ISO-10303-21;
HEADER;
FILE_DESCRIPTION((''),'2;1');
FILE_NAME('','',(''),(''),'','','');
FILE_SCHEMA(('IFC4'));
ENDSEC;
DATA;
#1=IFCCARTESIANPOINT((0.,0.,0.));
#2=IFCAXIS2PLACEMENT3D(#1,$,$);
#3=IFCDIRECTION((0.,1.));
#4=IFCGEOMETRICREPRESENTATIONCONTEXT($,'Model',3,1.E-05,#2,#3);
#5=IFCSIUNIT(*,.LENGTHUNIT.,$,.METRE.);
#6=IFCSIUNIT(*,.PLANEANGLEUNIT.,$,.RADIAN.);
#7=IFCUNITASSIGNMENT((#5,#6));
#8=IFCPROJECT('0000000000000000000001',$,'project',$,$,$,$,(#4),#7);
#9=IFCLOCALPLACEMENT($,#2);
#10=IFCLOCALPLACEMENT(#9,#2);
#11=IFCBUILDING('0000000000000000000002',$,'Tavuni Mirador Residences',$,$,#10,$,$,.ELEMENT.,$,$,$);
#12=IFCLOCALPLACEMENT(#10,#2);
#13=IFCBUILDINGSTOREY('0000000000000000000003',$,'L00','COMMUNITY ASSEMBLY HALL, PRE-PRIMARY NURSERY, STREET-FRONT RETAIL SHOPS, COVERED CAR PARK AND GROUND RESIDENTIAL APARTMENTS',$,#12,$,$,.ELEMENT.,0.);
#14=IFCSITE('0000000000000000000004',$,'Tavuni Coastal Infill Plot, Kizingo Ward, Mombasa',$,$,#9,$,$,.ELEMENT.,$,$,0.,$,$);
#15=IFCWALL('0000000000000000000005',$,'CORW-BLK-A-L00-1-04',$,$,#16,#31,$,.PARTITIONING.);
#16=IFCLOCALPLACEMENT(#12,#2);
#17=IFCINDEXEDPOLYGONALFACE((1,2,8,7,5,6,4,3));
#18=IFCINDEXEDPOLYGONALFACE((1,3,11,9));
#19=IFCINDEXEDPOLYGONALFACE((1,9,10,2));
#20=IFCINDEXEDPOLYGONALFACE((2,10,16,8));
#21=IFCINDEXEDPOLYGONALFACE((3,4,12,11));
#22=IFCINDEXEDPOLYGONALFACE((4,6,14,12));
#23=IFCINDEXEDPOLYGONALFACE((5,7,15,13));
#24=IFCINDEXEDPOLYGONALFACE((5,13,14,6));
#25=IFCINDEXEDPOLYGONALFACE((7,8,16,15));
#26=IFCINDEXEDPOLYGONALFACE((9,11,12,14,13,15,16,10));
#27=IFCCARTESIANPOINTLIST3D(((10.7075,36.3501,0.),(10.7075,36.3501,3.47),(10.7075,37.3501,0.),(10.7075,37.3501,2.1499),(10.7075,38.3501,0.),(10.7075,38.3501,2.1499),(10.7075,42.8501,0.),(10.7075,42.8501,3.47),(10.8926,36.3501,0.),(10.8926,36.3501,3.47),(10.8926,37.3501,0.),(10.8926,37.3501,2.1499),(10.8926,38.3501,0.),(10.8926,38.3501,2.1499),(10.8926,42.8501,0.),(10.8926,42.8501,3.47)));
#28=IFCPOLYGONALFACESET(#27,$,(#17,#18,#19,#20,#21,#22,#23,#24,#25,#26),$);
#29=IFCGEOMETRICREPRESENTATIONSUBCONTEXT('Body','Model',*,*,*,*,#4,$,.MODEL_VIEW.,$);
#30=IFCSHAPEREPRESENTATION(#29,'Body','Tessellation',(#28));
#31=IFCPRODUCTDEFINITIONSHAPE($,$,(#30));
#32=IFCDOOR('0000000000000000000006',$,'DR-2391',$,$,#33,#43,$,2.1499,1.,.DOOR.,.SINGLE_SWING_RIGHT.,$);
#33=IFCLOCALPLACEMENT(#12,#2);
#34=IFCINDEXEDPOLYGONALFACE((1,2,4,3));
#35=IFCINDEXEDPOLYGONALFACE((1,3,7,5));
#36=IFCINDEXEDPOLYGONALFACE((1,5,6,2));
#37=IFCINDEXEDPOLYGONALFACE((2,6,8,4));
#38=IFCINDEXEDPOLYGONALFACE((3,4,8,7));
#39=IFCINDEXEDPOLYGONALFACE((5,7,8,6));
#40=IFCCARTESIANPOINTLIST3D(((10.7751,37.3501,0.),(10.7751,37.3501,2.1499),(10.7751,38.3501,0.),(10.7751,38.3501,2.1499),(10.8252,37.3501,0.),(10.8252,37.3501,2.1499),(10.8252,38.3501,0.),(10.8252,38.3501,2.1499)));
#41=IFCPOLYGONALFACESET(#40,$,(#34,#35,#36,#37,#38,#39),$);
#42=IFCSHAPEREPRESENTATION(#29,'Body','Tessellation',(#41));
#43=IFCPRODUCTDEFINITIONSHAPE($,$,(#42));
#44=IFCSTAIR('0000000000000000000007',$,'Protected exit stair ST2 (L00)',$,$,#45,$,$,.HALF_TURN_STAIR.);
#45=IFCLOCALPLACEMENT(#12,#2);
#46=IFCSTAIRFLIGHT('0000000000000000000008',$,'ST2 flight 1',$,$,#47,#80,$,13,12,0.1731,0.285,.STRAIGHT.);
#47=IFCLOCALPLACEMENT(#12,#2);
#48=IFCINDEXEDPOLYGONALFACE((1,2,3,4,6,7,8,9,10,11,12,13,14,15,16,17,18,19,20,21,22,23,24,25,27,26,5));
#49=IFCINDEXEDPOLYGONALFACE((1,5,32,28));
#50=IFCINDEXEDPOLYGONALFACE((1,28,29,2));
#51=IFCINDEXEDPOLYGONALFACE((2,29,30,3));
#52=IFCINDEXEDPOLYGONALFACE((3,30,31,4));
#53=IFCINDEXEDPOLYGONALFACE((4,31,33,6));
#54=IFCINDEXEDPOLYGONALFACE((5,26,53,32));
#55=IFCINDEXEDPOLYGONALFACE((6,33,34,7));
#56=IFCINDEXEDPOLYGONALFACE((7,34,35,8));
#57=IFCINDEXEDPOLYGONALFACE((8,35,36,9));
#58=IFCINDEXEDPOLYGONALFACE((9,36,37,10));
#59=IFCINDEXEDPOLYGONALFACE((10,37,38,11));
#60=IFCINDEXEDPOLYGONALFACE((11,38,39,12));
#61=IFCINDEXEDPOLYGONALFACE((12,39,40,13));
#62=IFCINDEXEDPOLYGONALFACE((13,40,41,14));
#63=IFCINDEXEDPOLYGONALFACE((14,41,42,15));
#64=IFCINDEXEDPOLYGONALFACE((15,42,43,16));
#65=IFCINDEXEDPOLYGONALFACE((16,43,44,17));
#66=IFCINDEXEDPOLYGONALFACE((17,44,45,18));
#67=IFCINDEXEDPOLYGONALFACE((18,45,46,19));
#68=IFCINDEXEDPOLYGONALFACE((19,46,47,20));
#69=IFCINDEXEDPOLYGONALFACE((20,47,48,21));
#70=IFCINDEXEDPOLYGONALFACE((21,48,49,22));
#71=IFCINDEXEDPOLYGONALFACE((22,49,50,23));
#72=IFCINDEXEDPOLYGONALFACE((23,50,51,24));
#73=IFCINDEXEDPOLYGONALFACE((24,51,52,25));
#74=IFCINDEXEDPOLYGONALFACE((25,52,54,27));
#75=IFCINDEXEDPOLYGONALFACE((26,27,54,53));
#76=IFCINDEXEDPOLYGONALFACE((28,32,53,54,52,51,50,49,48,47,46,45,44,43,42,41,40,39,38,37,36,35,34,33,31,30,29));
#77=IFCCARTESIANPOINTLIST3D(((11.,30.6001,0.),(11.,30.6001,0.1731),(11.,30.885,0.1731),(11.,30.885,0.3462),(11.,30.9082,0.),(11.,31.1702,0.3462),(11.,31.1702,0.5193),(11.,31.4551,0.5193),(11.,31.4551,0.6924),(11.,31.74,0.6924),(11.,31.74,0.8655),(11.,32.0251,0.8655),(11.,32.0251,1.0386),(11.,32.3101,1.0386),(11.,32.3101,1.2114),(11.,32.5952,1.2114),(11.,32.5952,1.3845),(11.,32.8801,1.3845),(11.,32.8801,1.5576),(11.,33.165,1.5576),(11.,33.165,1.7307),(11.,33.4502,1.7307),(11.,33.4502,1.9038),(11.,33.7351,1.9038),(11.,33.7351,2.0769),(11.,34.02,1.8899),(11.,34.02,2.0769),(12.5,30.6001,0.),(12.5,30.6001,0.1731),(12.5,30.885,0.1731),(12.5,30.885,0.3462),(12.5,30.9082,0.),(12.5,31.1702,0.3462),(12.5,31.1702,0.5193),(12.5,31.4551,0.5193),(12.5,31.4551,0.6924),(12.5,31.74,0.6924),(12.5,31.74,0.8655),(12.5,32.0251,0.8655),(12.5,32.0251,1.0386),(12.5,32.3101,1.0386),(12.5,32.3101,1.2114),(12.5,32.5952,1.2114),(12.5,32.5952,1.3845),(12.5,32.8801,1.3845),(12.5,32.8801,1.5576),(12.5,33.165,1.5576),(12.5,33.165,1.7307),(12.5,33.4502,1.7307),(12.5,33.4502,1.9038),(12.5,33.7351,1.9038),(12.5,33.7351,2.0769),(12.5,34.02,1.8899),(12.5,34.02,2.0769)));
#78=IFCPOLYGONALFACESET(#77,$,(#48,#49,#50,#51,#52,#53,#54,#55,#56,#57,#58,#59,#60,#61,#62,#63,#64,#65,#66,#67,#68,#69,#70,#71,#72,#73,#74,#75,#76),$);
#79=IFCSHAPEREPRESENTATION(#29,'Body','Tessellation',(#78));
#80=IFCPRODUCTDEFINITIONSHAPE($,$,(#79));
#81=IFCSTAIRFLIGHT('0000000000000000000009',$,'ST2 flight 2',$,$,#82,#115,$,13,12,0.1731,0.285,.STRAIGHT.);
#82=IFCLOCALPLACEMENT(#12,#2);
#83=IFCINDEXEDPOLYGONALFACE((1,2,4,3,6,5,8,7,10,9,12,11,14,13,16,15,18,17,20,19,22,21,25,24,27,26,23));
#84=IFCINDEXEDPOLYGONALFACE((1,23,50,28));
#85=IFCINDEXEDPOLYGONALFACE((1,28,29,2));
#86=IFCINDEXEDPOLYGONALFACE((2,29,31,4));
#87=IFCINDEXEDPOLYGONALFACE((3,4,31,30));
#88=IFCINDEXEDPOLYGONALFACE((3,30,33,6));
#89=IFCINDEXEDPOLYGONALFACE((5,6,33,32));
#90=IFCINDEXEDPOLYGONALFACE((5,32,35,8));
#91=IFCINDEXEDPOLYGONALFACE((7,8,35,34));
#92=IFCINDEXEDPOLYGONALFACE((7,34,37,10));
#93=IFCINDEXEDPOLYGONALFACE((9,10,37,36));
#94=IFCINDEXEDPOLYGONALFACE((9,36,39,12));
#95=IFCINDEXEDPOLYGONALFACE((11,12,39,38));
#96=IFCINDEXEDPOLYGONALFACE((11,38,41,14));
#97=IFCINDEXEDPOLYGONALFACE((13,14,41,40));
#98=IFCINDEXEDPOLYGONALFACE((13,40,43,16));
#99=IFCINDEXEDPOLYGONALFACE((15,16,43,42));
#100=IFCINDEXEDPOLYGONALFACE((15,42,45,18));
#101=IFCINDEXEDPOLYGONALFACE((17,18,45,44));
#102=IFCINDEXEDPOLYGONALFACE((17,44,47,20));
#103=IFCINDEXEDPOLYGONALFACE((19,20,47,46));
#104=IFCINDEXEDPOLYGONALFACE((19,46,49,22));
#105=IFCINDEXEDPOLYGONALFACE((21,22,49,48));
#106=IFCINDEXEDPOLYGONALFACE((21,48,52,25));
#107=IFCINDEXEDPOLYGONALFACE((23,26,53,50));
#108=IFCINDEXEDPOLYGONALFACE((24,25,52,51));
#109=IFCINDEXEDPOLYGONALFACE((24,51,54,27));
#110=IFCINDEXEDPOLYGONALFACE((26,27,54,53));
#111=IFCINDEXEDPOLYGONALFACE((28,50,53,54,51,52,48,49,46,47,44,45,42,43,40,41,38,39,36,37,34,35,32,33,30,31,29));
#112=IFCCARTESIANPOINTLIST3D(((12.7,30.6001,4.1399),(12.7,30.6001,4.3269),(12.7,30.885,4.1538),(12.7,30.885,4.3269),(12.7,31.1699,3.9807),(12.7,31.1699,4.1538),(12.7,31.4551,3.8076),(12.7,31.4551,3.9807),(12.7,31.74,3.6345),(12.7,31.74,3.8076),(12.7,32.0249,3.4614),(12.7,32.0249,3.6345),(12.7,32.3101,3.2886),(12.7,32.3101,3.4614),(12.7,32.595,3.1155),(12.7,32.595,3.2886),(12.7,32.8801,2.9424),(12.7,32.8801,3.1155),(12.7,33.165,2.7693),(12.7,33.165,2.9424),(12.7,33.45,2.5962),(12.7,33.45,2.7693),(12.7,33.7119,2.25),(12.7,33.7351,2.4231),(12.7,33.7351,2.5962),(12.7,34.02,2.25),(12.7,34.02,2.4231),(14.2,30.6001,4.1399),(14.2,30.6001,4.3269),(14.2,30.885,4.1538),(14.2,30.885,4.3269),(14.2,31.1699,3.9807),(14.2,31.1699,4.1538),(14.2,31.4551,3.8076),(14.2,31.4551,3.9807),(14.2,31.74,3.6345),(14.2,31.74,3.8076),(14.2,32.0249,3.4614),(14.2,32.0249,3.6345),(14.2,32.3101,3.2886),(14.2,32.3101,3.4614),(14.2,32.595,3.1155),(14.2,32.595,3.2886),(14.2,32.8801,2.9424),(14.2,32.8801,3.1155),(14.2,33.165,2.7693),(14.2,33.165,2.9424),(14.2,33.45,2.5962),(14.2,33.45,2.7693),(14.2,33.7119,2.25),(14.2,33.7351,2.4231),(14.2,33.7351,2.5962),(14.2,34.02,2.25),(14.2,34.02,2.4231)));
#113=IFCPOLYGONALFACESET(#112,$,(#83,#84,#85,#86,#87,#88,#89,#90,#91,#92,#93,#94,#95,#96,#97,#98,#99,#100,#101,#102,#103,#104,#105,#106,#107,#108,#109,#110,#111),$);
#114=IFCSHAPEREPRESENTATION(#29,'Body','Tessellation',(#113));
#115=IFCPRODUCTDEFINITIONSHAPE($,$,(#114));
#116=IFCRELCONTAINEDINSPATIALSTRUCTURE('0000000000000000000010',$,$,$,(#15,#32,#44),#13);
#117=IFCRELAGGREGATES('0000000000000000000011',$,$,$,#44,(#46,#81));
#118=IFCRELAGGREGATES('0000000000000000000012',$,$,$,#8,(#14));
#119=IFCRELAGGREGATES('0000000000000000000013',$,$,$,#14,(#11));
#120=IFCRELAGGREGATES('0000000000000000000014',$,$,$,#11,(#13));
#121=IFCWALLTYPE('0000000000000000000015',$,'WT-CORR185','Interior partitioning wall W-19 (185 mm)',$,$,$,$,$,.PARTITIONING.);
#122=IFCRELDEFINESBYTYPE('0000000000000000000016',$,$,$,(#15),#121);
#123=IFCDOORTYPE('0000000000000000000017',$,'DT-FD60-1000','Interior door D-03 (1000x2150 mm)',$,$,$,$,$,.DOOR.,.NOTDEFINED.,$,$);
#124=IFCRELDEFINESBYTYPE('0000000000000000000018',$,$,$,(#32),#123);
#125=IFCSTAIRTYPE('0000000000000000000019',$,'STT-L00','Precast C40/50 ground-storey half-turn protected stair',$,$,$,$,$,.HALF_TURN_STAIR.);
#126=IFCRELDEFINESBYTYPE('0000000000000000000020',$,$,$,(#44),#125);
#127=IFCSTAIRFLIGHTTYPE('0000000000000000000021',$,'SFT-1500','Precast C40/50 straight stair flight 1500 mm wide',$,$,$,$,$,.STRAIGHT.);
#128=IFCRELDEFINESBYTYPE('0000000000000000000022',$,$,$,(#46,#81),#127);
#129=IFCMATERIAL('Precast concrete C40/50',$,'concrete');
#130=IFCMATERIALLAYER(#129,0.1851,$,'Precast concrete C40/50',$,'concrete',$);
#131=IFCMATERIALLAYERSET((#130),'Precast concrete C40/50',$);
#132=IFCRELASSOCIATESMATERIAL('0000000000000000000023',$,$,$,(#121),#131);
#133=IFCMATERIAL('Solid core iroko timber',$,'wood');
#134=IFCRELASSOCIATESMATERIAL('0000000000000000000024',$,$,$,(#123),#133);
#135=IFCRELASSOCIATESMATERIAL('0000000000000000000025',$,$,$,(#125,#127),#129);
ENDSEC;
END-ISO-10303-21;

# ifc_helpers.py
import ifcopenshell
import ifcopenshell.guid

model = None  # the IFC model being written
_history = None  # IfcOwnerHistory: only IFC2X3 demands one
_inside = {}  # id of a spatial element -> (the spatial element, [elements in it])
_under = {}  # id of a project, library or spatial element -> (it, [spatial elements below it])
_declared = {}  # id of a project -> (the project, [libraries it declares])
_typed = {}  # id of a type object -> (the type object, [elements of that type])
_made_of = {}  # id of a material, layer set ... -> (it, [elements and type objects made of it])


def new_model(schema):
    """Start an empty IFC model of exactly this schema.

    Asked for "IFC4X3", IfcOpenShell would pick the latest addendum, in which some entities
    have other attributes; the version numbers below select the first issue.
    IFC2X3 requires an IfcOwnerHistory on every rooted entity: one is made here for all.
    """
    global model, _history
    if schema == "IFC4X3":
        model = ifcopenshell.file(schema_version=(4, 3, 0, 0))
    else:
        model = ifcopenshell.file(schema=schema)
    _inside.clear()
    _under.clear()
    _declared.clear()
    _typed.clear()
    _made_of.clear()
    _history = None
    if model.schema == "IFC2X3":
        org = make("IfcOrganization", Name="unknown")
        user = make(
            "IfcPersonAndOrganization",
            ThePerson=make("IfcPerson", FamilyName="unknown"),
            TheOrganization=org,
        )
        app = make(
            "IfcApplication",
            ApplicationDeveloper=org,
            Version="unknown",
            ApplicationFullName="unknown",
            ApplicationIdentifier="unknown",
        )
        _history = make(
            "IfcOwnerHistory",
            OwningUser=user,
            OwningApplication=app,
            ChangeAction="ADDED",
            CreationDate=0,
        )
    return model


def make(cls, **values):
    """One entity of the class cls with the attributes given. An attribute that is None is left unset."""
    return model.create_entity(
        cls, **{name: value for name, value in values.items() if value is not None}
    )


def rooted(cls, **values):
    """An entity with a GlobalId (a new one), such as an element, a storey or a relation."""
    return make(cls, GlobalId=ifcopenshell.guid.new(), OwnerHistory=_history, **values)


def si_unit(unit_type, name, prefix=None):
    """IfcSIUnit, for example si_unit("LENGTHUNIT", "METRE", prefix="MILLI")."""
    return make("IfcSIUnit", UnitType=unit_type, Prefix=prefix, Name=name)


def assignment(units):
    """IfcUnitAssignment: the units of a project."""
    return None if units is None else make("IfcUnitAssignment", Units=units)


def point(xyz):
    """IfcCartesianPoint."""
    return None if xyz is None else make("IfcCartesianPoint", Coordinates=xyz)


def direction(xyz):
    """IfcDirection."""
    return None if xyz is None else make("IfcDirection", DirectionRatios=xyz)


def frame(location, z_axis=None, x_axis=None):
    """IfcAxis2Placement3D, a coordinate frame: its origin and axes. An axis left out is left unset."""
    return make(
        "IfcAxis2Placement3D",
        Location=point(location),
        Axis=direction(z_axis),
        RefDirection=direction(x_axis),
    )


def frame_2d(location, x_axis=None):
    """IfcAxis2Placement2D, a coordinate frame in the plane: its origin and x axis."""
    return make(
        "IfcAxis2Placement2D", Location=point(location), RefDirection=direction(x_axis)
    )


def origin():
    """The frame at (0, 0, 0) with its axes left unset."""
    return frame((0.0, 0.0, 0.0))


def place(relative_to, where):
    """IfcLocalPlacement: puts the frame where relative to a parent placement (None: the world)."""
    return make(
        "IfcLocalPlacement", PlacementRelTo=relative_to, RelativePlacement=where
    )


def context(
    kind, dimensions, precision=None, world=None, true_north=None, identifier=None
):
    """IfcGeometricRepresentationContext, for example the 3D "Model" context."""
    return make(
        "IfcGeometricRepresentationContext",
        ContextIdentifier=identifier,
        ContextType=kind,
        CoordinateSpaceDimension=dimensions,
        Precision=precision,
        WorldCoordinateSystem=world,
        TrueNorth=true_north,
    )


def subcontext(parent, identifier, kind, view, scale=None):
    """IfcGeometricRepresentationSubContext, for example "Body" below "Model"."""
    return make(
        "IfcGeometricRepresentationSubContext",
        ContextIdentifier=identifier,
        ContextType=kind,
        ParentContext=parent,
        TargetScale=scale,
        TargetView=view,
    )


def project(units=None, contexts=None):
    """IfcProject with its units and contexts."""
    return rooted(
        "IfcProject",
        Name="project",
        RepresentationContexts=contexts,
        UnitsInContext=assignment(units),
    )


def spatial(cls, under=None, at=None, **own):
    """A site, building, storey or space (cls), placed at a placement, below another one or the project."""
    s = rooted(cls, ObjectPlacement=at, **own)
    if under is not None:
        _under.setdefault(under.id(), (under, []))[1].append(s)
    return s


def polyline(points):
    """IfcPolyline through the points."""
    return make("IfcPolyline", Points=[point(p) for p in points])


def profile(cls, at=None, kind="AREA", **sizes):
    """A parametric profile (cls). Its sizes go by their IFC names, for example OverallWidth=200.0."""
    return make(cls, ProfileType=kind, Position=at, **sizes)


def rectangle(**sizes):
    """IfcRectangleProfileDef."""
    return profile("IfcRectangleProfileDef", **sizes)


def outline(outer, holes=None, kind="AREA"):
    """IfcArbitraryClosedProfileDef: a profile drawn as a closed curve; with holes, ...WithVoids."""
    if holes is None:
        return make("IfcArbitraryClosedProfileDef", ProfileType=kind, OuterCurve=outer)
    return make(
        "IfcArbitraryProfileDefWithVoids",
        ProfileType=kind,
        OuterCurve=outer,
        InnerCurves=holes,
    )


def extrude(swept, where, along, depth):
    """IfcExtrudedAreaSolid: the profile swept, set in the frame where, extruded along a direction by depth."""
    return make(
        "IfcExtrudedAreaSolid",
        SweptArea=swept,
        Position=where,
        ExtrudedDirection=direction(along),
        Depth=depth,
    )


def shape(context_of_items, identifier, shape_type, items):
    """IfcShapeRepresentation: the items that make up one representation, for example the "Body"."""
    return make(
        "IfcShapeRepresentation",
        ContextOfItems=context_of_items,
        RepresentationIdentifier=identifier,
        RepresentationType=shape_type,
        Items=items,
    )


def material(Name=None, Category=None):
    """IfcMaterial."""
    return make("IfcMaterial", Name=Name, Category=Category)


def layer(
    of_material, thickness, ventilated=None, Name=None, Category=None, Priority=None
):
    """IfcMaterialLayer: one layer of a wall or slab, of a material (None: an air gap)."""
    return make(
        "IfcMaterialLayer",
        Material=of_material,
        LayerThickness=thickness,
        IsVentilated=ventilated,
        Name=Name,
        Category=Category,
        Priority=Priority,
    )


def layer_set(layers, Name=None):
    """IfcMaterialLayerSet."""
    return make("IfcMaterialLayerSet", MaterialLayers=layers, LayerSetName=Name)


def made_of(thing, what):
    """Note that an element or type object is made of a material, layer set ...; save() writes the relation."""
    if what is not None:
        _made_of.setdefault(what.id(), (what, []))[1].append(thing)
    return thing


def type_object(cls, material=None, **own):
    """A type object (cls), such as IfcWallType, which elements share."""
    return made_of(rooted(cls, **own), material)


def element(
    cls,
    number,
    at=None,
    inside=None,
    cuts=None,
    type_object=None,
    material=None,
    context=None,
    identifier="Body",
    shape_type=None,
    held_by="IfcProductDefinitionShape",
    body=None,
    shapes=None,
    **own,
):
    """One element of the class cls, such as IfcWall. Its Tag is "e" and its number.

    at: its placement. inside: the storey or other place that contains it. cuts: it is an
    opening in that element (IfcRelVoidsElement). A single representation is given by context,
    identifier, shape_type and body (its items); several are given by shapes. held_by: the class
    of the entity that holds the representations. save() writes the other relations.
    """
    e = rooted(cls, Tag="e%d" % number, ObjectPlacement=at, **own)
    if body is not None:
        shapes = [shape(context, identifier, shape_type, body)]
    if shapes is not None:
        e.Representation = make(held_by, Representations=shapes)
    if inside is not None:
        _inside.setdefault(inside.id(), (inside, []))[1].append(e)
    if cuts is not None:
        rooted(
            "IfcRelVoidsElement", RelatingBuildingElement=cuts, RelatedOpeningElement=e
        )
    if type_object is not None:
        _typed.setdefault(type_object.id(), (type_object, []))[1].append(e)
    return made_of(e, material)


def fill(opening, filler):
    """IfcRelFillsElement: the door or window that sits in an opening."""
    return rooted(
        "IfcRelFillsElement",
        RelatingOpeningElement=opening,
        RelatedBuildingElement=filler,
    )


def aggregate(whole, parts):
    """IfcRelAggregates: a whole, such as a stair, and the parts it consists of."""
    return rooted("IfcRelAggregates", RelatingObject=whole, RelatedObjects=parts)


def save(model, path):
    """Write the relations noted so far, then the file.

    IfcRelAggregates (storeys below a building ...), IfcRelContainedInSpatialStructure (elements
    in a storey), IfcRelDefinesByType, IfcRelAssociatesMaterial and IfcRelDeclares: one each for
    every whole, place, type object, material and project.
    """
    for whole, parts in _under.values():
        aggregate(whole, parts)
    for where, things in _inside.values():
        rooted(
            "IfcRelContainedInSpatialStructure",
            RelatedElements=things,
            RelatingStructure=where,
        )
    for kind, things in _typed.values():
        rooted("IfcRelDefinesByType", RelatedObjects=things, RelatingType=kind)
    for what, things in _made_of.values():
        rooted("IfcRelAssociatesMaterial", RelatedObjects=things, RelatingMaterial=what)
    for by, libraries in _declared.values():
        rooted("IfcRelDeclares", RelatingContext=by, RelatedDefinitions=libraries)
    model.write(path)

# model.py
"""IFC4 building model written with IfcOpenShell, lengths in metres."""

from ifc_helpers import new_model, si_unit, direction, frame, frame_2d, origin, place, context, subcontext, project, spatial, polyline, rectangle, outline, extrude, material, layer, layer_set, type_object, element, fill, aggregate, save


model = new_model("IFC4")

# Units and contexts
model_context = context("Model", 3, precision=1e-05, world=origin(), true_north=direction((0.0, 1.0)))
body_context = subcontext(model_context, "Body", "Model", "MODEL_VIEW")
ifc_project = project(units=[si_unit("LENGTHUNIT", "METRE"), si_unit("PLANEANGLEUNIT", "RADIAN")], contexts=[model_context])

# Site, building, storey
site_placement = place(None, origin())
site = spatial("IfcSite", under=ifc_project, at=site_placement, Name="Tavuni Coastal Infill Plot, Kizingo Ward, Mombasa", CompositionType="ELEMENT", RefElevation=0.0)
building_placement = place(site_placement, origin())
building = spatial("IfcBuilding", under=site, at=building_placement, Name="Tavuni Mirador Residences", CompositionType="ELEMENT")
storey_placement = place(building_placement, origin())
storey = spatial("IfcBuildingStorey", under=building, at=storey_placement, Name="L00", Description="COMMUNITY ASSEMBLY HALL, PRE-PRIMARY NURSERY, STREET-FRONT RETAIL SHOPS, COVERED CAR PARK AND GROUND RESIDENTIAL APARTMENTS", CompositionType="ELEMENT", Elevation=0.0)

# Shared definitions
ifc_material_1 = material(Name="Precast concrete C40/50", Category="concrete")

# Shared definitions
ifc_material_2 = material(Name="Solid core iroko timber", Category="wood")

# Wall, opening, door
ifc_layer_1 = layer(ifc_material_1, 0.1851, Name="Precast concrete C40/50", Category="concrete")
ifc_layer_set_1 = layer_set([ifc_layer_1], Name="Precast concrete C40/50")
wall_type_1 = type_object("IfcWallType", Name="WT-CORR185", Description="Interior partitioning wall W-19 (185 mm)", PredefinedType="PARTITIONING", material=ifc_layer_set_1)
wall_1_placement = place(storey_placement, frame((10.8, 36.3501, 0.0), z_axis=(0.0, 0.0, 1.0), x_axis=(0.0, 1.0, 0.0)))
wall_1 = element("IfcWall", 1, at=wall_1_placement, inside=storey, type_object=wall_type_1, Name="CORW-BLK-A-L00-1-04", PredefinedType="PARTITIONING", context=body_context, shape_type="SweptSolid", body=[
    extrude(rectangle(XDim=6.5, YDim=0.1851, at=frame_2d((3.25, 0.0))), origin(), (0.0, 0.0, 1.0), 3.47),
])
opening_1_placement = place(wall_1_placement, frame((1.0, 0.0, 0.0)))
opening_1 = element("IfcOpeningElement", 2, at=opening_1_placement, cuts=wall_1, PredefinedType="OPENING", context=body_context, shape_type="SweptSolid", body=[
    extrude(rectangle(XDim=1.0, YDim=2.1499, at=frame_2d((0.5, 1.075))), frame((0.0, 0.1025, 0.0), z_axis=(0.0, -1.0, 0.0), x_axis=(1.0, 0.0, 0.0)), (0.0, 0.0, 1.0), 0.2051),
])
door_type_1 = type_object("IfcDoorType", Name="DT-FD60-1000", Description="Interior door D-03 (1000x2150 mm)", OperationType="NOTDEFINED", PredefinedType="DOOR", material=ifc_material_2)
door_1_placement = place(opening_1_placement, origin())
door_1 = element("IfcDoor", 3, at=door_1_placement, inside=storey, type_object=door_type_1, Name="DR-2391", OperationType="SINGLE_SWING_RIGHT", OverallHeight=2.1499, OverallWidth=1.0, PredefinedType="DOOR", context=body_context, shape_type="SweptSolid", body=[
    extrude(rectangle(XDim=1.0, YDim=2.1499, at=frame_2d((0.5, 1.075))), frame((0.0, 0.0249, 0.0), z_axis=(0.0, -1.0, 0.0), x_axis=(1.0, 0.0, 0.0)), (0.0, 0.0, 1.0), 0.05),
])
fill(opening_1, door_1)

# Stair, stair flights
stair_type = type_object("IfcStairType", Name="STT-L00", Description="Precast C40/50 ground-storey half-turn protected stair", PredefinedType="HALF_TURN_STAIR", material=ifc_material_1)
stair_placement = place(storey_placement, origin())
stair = element("IfcStair", 4, at=stair_placement, inside=storey, type_object=stair_type, Name="Protected exit stair ST2 (L00)", PredefinedType="HALF_TURN_STAIR")
stair_flight_type = type_object("IfcStairFlightType", Name="SFT-1500", Description="Precast C40/50 straight stair flight 1500 mm wide", PredefinedType="STRAIGHT", material=ifc_material_1)
stair_flight_1_placement = place(storey_placement, frame((11.75, 30.6001, 0.0), z_axis=(0.0, 0.0, 1.0), x_axis=(0.0, 1.0, 0.0)))
stair_flight_1 = element("IfcStairFlight", 5, at=stair_flight_1_placement, type_object=stair_flight_type, Name="ST2 flight 1", NumberOfRisers=13, NumberOfTreads=12, PredefinedType="STRAIGHT", RiserHeight=0.1731, TreadLength=0.285, context=body_context, shape_type="SweptSolid", body=[
    extrude(outline(polyline([(0.0, 0.0), (0.0, 0.1731), (0.2849, 0.1731), (0.2849, 0.3462), (0.5701, 0.3462), (0.5701, 0.5193), (0.855, 0.5193), (0.855, 0.6924), (1.1399, 0.6924), (1.1399, 0.8655), (1.425, 0.8655), (1.425, 1.0386), (1.71, 1.0386), (1.71, 1.2114), (1.9951, 1.2114), (1.9951, 1.3845), (2.28, 1.3845), (2.28, 1.5576), (2.5649, 1.5576), (2.5649, 1.7307), (2.8501, 1.7307), (2.8501, 1.9038), (3.135, 1.9038), (3.135, 2.0769), (3.4199, 2.0769), (3.4199, 2.25), (3.4199, 1.8899), (0.3081, 0.0), (0.0, 0.0)])), frame((0.0, 0.75, 0.0), z_axis=(0.0, -1.0, 0.0), x_axis=(1.0, 0.0, 0.0)), (0.0, 0.0, 1.0), 1.5),
])
stair_flight_2_placement = place(storey_placement, frame((13.45, 34.02, 2.25), z_axis=(0.0, 0.0, 1.0), x_axis=(0.0, -1.0, 0.0)))
stair_flight_2 = element("IfcStairFlight", 6, at=stair_flight_2_placement, type_object=stair_flight_type, Name="ST2 flight 2", NumberOfRisers=13, NumberOfTreads=12, PredefinedType="STRAIGHT", RiserHeight=0.1731, TreadLength=0.285, context=body_context, shape_type="SweptSolid", body=[
    extrude(outline(polyline([(0.0, 0.0), (0.0, 0.1731), (0.2849, 0.1731), (0.2849, 0.3462), (0.5701, 0.3462), (0.5701, 0.5193), (0.855, 0.5193), (0.855, 0.6924), (1.1399, 0.6924), (1.1399, 0.8655), (1.425, 0.8655), (1.425, 1.0386), (1.71, 1.0386), (1.71, 1.2114), (1.9951, 1.2114), (1.9951, 1.3845), (2.28, 1.3845), (2.28, 1.5576), (2.5649, 1.5576), (2.5649, 1.7307), (2.8501, 1.7307), (2.8501, 1.9038), (3.135, 1.9038), (3.135, 2.0769), (3.4199, 2.0769), (3.4199, 2.25), (3.4199, 1.8899), (0.3081, 0.0), (0.0, 0.0)])), frame((0.0, 0.75, 0.0), z_axis=(0.0, -1.0, 0.0), x_axis=(1.0, 0.0, 0.0)), (0.0, 0.0, 1.0), 1.5),
])
aggregate(stair, [stair_flight_1, stair_flight_2])

save(model, "model.ifc")
